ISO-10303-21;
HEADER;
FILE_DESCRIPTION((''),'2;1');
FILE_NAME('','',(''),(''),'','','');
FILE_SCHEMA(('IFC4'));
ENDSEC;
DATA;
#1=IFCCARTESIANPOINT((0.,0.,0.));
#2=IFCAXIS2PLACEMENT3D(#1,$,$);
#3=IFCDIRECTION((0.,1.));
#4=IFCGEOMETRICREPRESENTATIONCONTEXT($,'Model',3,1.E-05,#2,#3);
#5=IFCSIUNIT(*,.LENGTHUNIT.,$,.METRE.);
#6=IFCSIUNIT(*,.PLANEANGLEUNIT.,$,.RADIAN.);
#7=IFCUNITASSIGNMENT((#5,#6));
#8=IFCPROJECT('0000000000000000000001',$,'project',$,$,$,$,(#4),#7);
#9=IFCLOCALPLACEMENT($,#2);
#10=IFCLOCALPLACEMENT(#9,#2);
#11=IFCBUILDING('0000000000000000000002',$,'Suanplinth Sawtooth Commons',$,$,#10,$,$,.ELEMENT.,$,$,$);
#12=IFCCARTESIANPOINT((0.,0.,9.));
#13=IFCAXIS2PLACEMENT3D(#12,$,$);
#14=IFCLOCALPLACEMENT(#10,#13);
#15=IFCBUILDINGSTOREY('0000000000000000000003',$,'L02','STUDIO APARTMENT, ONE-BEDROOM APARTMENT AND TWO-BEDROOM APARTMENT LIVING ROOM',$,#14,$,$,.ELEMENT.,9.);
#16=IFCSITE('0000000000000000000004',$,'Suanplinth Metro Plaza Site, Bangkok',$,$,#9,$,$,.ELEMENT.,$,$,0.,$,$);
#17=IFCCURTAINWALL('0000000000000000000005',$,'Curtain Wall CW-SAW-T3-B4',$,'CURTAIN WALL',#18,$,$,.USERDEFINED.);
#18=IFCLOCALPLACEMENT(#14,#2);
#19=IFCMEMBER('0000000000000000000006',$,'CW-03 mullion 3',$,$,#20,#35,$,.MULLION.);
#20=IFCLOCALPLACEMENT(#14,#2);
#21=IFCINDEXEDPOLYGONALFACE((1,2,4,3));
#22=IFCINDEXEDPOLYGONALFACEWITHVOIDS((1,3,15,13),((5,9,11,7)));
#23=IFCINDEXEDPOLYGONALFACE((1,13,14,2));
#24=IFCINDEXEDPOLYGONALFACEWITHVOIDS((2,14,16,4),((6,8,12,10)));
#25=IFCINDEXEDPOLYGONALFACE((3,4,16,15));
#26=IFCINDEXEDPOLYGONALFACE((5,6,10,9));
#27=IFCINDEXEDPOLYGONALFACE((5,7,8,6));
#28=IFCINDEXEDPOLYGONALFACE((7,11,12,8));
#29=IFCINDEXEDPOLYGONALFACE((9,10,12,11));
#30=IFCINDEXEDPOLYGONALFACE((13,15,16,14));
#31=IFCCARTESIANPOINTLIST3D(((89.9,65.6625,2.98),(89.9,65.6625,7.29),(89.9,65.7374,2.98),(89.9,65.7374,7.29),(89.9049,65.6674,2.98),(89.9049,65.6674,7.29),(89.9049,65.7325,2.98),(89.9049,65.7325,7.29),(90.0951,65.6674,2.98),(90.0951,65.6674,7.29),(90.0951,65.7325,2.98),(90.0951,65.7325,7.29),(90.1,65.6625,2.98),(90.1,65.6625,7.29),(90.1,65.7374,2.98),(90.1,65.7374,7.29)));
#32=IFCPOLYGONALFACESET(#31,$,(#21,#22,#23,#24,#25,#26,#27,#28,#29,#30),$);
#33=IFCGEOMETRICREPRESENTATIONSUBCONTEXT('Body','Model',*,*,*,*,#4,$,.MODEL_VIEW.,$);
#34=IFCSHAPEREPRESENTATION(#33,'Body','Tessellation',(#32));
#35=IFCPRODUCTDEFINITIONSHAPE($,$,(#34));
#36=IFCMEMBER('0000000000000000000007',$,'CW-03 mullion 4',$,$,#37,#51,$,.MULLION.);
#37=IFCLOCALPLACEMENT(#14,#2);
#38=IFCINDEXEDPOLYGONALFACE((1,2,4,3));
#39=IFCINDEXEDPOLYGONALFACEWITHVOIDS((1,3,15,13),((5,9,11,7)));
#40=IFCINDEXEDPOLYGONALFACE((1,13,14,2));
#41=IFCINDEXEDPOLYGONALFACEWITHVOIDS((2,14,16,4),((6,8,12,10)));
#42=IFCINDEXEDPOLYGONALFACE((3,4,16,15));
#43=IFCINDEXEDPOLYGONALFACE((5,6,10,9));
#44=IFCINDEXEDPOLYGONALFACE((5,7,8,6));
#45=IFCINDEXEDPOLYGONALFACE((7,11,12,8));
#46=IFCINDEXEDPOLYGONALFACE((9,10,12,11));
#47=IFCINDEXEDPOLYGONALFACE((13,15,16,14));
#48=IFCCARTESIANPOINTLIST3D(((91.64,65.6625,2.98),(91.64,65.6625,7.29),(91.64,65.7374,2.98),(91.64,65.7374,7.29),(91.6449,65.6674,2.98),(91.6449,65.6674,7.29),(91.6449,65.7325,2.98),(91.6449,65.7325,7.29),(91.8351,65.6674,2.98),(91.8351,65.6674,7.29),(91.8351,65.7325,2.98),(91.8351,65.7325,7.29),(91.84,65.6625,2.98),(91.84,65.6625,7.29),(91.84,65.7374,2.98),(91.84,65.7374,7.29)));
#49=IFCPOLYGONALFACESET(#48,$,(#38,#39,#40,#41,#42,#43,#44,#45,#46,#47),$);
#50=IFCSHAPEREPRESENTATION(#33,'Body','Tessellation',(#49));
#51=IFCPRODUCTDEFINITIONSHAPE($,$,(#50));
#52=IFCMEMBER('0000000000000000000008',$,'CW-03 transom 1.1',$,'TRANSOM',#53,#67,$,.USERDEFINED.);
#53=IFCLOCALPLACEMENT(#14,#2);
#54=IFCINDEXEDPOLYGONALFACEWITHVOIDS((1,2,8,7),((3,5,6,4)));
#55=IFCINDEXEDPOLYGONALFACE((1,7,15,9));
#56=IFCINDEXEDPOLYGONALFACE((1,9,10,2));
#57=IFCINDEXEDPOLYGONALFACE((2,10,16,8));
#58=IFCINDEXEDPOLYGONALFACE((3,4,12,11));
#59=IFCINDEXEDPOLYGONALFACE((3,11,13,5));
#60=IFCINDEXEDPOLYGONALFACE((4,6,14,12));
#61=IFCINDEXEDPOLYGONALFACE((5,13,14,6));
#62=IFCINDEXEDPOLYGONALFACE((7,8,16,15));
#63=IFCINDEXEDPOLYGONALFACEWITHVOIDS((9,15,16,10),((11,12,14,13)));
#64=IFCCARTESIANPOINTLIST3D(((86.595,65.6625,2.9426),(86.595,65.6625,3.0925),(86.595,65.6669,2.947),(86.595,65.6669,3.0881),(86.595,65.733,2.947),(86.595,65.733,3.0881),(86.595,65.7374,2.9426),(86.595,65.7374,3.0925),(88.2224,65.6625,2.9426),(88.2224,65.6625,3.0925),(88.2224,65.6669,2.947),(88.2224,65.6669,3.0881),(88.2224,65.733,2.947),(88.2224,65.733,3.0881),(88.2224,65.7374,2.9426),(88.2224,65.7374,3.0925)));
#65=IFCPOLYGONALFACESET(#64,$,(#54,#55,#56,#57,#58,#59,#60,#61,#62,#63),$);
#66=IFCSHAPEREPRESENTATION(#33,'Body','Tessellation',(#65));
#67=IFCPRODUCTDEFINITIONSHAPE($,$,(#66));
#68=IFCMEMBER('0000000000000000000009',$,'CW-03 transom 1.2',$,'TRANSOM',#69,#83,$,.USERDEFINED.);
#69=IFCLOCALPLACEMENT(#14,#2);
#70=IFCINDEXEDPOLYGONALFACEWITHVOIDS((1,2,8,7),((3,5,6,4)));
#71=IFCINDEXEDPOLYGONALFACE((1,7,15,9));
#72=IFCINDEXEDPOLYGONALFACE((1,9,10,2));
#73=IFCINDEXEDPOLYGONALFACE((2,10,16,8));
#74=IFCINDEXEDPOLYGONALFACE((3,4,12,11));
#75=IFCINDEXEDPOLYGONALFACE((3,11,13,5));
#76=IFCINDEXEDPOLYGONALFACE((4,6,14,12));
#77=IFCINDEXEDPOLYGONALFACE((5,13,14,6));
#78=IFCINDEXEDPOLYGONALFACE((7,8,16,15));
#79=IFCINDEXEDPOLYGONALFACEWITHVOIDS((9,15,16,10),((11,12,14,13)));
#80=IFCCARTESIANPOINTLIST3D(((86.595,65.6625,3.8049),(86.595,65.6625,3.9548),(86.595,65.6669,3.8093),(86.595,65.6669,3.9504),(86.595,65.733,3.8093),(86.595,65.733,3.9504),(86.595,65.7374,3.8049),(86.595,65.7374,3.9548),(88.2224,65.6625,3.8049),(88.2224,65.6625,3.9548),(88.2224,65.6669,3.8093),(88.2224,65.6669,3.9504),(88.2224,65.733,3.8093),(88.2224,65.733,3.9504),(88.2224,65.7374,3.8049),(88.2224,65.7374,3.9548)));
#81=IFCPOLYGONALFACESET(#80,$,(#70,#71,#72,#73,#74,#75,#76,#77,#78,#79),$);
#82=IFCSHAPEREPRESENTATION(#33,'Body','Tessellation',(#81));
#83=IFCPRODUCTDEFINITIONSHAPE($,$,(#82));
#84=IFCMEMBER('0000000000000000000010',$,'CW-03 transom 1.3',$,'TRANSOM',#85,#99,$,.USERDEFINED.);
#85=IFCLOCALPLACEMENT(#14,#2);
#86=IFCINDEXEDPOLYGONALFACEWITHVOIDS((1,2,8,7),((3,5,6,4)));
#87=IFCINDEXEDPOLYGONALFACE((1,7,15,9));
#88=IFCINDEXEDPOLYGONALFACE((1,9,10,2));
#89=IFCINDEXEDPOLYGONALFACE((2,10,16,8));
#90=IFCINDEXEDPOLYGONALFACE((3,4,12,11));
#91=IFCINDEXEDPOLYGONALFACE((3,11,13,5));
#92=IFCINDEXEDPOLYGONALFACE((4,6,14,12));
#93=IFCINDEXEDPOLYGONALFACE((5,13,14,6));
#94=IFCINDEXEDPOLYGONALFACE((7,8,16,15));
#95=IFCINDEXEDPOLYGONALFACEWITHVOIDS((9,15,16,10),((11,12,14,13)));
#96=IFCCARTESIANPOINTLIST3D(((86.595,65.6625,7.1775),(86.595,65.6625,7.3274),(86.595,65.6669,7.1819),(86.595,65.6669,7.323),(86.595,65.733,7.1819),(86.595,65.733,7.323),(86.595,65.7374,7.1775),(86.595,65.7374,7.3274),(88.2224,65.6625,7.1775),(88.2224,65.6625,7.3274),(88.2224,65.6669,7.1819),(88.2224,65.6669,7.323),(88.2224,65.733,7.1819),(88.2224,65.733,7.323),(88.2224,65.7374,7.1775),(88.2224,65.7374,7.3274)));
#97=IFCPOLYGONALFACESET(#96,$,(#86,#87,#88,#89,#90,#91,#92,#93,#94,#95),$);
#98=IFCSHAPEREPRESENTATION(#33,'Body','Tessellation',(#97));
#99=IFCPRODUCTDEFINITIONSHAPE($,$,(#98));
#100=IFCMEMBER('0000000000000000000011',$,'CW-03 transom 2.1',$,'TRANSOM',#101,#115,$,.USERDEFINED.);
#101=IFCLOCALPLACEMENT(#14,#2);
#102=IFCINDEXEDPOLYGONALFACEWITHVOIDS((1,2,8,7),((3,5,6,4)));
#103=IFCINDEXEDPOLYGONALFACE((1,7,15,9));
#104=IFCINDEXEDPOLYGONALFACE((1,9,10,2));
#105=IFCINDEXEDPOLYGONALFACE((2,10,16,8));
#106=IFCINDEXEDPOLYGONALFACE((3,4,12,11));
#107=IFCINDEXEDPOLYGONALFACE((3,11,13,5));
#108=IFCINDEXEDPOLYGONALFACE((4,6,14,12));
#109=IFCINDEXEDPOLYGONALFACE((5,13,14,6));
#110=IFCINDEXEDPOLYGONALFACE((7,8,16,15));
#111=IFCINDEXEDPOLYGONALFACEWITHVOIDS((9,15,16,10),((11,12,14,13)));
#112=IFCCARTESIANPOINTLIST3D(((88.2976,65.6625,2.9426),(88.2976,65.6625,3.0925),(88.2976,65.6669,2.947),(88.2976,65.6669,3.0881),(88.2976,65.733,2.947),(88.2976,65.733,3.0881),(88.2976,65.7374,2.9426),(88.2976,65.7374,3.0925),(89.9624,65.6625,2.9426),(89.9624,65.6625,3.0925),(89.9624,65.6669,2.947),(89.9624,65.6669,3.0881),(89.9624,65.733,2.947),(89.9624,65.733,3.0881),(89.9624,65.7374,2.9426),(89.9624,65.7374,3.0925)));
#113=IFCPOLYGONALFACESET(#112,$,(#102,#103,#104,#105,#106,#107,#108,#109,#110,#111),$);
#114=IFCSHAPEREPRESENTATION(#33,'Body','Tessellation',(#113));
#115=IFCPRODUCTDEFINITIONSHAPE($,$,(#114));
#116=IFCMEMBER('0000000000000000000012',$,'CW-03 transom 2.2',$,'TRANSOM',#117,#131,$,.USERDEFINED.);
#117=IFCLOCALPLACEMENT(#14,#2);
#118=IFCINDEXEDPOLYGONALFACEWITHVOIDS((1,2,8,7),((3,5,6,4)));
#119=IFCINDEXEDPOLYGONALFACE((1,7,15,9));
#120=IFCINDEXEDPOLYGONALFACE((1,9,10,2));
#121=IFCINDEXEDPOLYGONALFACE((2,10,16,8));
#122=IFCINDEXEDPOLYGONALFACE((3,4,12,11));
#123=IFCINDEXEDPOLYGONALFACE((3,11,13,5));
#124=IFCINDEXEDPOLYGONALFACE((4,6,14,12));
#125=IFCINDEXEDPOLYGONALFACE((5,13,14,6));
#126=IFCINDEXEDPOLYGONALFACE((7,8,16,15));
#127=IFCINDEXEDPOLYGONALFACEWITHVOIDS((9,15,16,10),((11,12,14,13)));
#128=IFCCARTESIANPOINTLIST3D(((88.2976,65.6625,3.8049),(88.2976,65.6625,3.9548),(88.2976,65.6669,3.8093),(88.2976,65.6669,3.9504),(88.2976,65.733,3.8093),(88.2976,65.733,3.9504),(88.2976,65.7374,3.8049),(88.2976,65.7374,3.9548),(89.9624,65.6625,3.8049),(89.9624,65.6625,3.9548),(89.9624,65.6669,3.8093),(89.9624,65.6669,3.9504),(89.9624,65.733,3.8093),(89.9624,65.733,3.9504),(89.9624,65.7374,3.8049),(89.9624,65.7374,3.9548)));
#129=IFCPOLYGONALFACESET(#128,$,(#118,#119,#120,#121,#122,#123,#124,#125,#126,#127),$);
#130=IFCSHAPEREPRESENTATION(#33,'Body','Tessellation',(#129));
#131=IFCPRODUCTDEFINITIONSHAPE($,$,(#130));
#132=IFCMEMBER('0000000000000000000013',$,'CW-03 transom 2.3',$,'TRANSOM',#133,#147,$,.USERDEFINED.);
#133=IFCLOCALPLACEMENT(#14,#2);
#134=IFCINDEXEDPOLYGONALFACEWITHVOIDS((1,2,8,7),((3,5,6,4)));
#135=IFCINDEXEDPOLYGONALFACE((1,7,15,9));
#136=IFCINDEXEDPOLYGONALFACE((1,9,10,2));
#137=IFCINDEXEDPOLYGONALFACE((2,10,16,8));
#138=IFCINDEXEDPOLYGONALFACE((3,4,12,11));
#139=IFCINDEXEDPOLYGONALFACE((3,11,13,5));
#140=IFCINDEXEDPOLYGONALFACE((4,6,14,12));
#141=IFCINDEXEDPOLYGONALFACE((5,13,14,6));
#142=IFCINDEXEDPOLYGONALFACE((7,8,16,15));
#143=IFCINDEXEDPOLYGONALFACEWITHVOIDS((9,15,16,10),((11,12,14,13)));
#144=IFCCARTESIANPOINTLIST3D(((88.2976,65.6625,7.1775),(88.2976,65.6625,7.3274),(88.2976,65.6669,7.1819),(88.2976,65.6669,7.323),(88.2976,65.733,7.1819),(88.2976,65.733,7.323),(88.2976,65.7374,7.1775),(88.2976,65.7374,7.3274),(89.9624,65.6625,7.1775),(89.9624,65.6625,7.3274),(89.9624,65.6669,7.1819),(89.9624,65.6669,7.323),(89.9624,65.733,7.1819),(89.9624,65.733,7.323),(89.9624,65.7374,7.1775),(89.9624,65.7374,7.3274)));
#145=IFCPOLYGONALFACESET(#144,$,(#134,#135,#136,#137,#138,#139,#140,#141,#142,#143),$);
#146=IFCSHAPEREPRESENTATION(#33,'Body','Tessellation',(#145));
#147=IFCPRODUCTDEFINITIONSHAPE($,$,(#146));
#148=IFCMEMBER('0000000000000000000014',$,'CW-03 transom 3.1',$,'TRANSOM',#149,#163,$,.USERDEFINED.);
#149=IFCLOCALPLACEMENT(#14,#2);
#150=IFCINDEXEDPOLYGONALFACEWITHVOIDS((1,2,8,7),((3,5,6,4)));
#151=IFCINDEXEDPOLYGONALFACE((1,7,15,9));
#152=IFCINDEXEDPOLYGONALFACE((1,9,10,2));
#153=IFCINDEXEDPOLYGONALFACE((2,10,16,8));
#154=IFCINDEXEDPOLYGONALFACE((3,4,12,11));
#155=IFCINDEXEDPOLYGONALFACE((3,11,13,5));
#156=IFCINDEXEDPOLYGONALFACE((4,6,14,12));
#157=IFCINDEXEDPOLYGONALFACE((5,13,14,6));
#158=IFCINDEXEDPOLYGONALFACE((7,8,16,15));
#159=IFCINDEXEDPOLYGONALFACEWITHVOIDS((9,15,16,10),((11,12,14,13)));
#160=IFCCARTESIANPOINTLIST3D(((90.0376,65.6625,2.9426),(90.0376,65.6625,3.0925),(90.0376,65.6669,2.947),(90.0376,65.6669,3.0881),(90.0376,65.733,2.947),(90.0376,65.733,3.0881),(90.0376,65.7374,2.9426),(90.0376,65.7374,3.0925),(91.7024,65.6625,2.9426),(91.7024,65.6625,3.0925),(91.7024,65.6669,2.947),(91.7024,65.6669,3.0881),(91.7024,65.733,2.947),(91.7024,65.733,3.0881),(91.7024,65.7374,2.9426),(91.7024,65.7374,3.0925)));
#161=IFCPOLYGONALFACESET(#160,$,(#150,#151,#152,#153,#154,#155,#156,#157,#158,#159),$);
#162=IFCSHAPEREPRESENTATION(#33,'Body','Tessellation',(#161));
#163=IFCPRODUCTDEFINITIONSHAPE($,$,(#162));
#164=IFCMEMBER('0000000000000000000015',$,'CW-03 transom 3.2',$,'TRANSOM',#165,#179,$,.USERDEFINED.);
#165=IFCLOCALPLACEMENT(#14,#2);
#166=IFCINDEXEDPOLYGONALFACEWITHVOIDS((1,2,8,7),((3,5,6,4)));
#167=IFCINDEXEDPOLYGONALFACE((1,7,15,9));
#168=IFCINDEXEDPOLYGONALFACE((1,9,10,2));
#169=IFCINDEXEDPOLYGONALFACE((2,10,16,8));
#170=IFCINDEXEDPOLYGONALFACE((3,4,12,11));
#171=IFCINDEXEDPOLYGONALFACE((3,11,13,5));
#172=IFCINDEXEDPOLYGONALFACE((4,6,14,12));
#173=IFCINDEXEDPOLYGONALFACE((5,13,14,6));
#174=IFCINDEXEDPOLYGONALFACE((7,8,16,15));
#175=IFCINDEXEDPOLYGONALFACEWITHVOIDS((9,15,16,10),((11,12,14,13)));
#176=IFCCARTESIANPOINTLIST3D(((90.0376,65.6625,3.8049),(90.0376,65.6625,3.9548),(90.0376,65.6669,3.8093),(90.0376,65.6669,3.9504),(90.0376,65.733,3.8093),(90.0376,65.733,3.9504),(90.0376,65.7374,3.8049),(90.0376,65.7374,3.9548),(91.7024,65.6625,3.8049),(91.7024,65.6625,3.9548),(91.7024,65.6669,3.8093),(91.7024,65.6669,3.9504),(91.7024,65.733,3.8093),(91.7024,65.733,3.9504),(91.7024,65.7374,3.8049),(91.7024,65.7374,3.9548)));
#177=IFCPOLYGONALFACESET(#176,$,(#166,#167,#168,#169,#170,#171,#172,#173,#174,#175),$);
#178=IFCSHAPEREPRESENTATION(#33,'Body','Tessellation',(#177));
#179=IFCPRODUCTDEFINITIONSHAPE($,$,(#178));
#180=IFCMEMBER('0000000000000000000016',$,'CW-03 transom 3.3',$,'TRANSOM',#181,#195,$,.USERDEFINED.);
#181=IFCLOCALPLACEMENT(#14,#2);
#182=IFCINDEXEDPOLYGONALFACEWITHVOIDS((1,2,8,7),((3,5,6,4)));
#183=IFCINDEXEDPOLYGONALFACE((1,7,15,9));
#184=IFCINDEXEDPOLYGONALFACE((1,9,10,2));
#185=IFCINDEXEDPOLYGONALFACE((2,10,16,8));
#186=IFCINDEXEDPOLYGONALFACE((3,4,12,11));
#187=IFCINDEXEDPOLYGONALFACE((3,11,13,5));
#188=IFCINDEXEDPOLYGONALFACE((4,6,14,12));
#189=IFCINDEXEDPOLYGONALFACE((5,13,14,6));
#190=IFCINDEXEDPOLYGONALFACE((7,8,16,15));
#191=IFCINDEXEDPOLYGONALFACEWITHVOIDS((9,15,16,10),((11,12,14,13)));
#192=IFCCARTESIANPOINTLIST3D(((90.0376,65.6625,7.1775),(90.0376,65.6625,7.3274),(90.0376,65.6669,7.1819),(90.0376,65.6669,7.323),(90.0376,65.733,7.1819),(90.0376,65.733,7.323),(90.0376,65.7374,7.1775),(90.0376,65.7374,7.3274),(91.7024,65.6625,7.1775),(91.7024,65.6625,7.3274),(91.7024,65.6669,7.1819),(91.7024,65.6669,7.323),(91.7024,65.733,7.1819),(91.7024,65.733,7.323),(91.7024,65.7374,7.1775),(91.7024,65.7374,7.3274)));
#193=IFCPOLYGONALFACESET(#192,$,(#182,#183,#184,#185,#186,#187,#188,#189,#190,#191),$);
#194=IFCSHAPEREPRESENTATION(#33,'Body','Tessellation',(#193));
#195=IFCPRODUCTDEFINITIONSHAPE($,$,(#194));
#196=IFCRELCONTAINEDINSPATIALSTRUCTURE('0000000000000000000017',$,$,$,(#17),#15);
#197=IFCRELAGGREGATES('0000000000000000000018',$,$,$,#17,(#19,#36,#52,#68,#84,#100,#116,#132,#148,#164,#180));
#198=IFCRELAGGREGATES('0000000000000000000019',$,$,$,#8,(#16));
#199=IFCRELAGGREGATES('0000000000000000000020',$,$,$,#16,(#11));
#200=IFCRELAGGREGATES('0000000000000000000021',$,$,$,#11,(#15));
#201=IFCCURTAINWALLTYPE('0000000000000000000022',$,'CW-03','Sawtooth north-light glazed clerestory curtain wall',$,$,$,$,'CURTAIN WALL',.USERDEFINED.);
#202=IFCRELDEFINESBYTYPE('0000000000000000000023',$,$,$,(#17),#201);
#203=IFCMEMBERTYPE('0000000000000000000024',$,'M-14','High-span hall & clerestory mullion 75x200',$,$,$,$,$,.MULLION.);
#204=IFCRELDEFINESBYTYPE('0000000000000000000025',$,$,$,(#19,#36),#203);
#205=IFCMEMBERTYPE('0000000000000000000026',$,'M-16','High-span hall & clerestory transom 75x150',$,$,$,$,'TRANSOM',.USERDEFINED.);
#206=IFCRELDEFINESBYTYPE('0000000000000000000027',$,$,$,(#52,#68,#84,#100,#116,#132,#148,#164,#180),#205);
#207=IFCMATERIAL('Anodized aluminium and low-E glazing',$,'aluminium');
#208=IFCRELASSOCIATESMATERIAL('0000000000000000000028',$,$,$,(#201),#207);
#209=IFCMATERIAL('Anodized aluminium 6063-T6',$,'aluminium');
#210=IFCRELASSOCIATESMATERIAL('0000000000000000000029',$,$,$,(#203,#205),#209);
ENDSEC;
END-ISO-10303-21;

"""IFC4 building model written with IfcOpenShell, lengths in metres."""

from ifc_helpers import new_model, si_unit, direction, frame, origin, origin_2d, place, context, subcontext, project, spatial, hollow_rectangle, extrude, material, material_profile, profile_set, type_object, element, aggregate, save


model = new_model("IFC4")

# Units and contexts
model_context = context("Model", 3, precision=1e-05, world=origin(), true_north=direction((0.0, 1.0)))
body_context = subcontext(model_context, "Body", "Model", "MODEL_VIEW")
ifc_project = project(units=[si_unit("LENGTHUNIT", "METRE"), si_unit("PLANEANGLEUNIT", "RADIAN")], contexts=[model_context])

# Site, building, storey
site_placement = place(None, origin())
site = spatial("IfcSite", under=ifc_project, at=site_placement, Name="Suanplinth Metro Plaza Site, Bangkok", CompositionType="ELEMENT", RefElevation=0.0)
building_placement = place(site_placement, origin())
building = spatial("IfcBuilding", under=site, at=building_placement, Name="Suanplinth Sawtooth Commons", CompositionType="ELEMENT")
storey_placement = place(building_placement, frame((0.0, 0.0, 9.0)))
storey = spatial("IfcBuildingStorey", under=building, at=storey_placement, Name="L02", Description="STUDIO APARTMENT, ONE-BEDROOM APARTMENT AND TWO-BEDROOM APARTMENT LIVING ROOM", CompositionType="ELEMENT", Elevation=9.0)

# Curtain wall, members
ifc_material_1 = material(Name="Anodized aluminium and low-E glazing", Category="aluminium")
curtain_wall_type = type_object("IfcCurtainWallType", Name="CW-03", Description="Sawtooth north-light glazed clerestory curtain wall", ElementType="CURTAIN WALL", PredefinedType="USERDEFINED", material=ifc_material_1)
curtain_wall_1_placement = place(storey_placement, origin())
curtain_wall_1 = element("IfcCurtainWall", 1, at=curtain_wall_1_placement, inside=storey, type_object=curtain_wall_type, Name="Curtain Wall CW-SAW-T3-B4", ObjectType="CURTAIN WALL", PredefinedType="USERDEFINED")
ifc_material_2 = material(Name="Anodized aluminium 6063-T6", Category="aluminium")
ifc_material_profile_1 = material_profile(ifc_material_2, hollow_rectangle(XDim=0.075, YDim=0.2, WallThickness=0.0049, at=origin_2d()), Name="ALU-MUL 75x200")
ifc_profile_set_1 = profile_set([ifc_material_profile_1], Name="Anodized aluminium 6063-T6")
member_type_1 = type_object("IfcMemberType", Name="M-14", Description="High-span hall & clerestory mullion 75x200", PredefinedType="MULLION", material=ifc_profile_set_1)
member_1_placement = place(storey_placement, frame((90.0, 65.7, 2.98), z_axis=(0.0, 0.0, 1.0), x_axis=(0.0, 1.0, 0.0)))
member_1 = element("IfcMember", 2, at=member_1_placement, type_object=member_type_1, Name="CW-03 mullion 3", PredefinedType="MULLION", context=body_context, shape_type="SweptSolid", body=[
    extrude(hollow_rectangle(XDim=0.075, YDim=0.2, WallThickness=0.0049, at=origin_2d()), origin(), (0.0, 0.0, 1.0), 4.3101),
])
member_2_placement = place(storey_placement, frame((91.74, 65.7, 2.98), z_axis=(0.0, 0.0, 1.0), x_axis=(0.0, 1.0, 0.0)))
member_2 = element("IfcMember", 3, at=member_2_placement, type_object=member_type_1, Name="CW-03 mullion 4", PredefinedType="MULLION", context=body_context, shape_type="SweptSolid", body=[
    extrude(hollow_rectangle(XDim=0.075, YDim=0.2, WallThickness=0.0049, at=origin_2d()), origin(), (0.0, 0.0, 1.0), 4.3101),
])
ifc_material_profile_2 = material_profile(ifc_material_2, hollow_rectangle(XDim=0.075, YDim=0.1499, WallThickness=0.0044, at=origin_2d()), Name="ALU-TRN 75x150")
ifc_profile_set_2 = profile_set([ifc_material_profile_2], Name="Anodized aluminium 6063-T6")
member_type_2 = type_object("IfcMemberType", Name="M-16", Description="High-span hall & clerestory transom 75x150", ElementType="TRANSOM", PredefinedType="USERDEFINED", material=ifc_profile_set_2)
member_3_placement = place(storey_placement, frame((86.595, 65.7, 3.0176), z_axis=(1.0, 0.0, 0.0), x_axis=(0.0, 1.0, 0.0)))
member_3 = element("IfcMember", 4, at=member_3_placement, type_object=member_type_2, Name="CW-03 transom 1.1", ObjectType="TRANSOM", PredefinedType="USERDEFINED", context=body_context, shape_type="SweptSolid", body=[
    extrude(hollow_rectangle(XDim=0.075, YDim=0.1499, WallThickness=0.0044, at=origin_2d()), origin(), (0.0, 0.0, 1.0), 1.6274),
])
member_4_placement = place(storey_placement, frame((86.595, 65.7, 3.8799), z_axis=(1.0, 0.0, 0.0), x_axis=(0.0, 1.0, 0.0)))
member_4 = element("IfcMember", 5, at=member_4_placement, type_object=member_type_2, Name="CW-03 transom 1.2", ObjectType="TRANSOM", PredefinedType="USERDEFINED", context=body_context, shape_type="SweptSolid", body=[
    extrude(hollow_rectangle(XDim=0.075, YDim=0.1499, WallThickness=0.0044, at=origin_2d()), origin(), (0.0, 0.0, 1.0), 1.6274),
])
member_5_placement = place(storey_placement, frame((86.595, 65.7, 7.2524), z_axis=(1.0, 0.0, 0.0), x_axis=(0.0, 1.0, 0.0)))
member_5 = element("IfcMember", 6, at=member_5_placement, type_object=member_type_2, Name="CW-03 transom 1.3", ObjectType="TRANSOM", PredefinedType="USERDEFINED", context=body_context, shape_type="SweptSolid", body=[
    extrude(hollow_rectangle(XDim=0.075, YDim=0.1499, WallThickness=0.0044, at=origin_2d()), origin(), (0.0, 0.0, 1.0), 1.6274),
])
member_6_placement = place(storey_placement, frame((88.2976, 65.7, 3.0176), z_axis=(1.0, 0.0, 0.0), x_axis=(0.0, 1.0, 0.0)))
member_6 = element("IfcMember", 7, at=member_6_placement, type_object=member_type_2, Name="CW-03 transom 2.1", ObjectType="TRANSOM", PredefinedType="USERDEFINED", context=body_context, shape_type="SweptSolid", body=[
    extrude(hollow_rectangle(XDim=0.075, YDim=0.1499, WallThickness=0.0044, at=origin_2d()), origin(), (0.0, 0.0, 1.0), 1.6648),
])
member_7_placement = place(storey_placement, frame((88.2976, 65.7, 3.8799), z_axis=(1.0, 0.0, 0.0), x_axis=(0.0, 1.0, 0.0)))
member_7 = element("IfcMember", 8, at=member_7_placement, type_object=member_type_2, Name="CW-03 transom 2.2", ObjectType="TRANSOM", PredefinedType="USERDEFINED", context=body_context, shape_type="SweptSolid", body=[
    extrude(hollow_rectangle(XDim=0.075, YDim=0.1499, WallThickness=0.0044, at=origin_2d()), origin(), (0.0, 0.0, 1.0), 1.6648),
])
member_8_placement = place(storey_placement, frame((88.2976, 65.7, 7.2524), z_axis=(1.0, 0.0, 0.0), x_axis=(0.0, 1.0, 0.0)))
member_8 = element("IfcMember", 9, at=member_8_placement, type_object=member_type_2, Name="CW-03 transom 2.3", ObjectType="TRANSOM", PredefinedType="USERDEFINED", context=body_context, shape_type="SweptSolid", body=[
    extrude(hollow_rectangle(XDim=0.075, YDim=0.1499, WallThickness=0.0044, at=origin_2d()), origin(), (0.0, 0.0, 1.0), 1.6648),
])
member_9_placement = place(storey_placement, frame((90.0376, 65.7, 3.0176), z_axis=(1.0, 0.0, 0.0), x_axis=(0.0, 1.0, 0.0)))
member_9 = element("IfcMember", 10, at=member_9_placement, type_object=member_type_2, Name="CW-03 transom 3.1", ObjectType="TRANSOM", PredefinedType="USERDEFINED", context=body_context, shape_type="SweptSolid", body=[
    extrude(hollow_rectangle(XDim=0.075, YDim=0.1499, WallThickness=0.0044, at=origin_2d()), origin(), (0.0, 0.0, 1.0), 1.6648),
])
member_10_placement = place(storey_placement, frame((90.0376, 65.7, 3.8799), z_axis=(1.0, 0.0, 0.0), x_axis=(0.0, 1.0, 0.0)))
member_10 = element("IfcMember", 11, at=member_10_placement, type_object=member_type_2, Name="CW-03 transom 3.2", ObjectType="TRANSOM", PredefinedType="USERDEFINED", context=body_context, shape_type="SweptSolid", body=[
    extrude(hollow_rectangle(XDim=0.075, YDim=0.1499, WallThickness=0.0044, at=origin_2d()), origin(), (0.0, 0.0, 1.0), 1.6648),
])
member_11_placement = place(storey_placement, frame((90.0376, 65.7, 7.2524), z_axis=(1.0, 0.0, 0.0), x_axis=(0.0, 1.0, 0.0)))
member_11 = element("IfcMember", 12, at=member_11_placement, type_object=member_type_2, Name="CW-03 transom 3.3", ObjectType="TRANSOM", PredefinedType="USERDEFINED", context=body_context, shape_type="SweptSolid", body=[
    extrude(hollow_rectangle(XDim=0.075, YDim=0.1499, WallThickness=0.0044, at=origin_2d()), origin(), (0.0, 0.0, 1.0), 1.6648),
])

aggregate(curtain_wall_1, [member_1, member_2, member_3, member_4, member_5, member_6, member_7, member_8, member_9, member_10, member_11])

save(model, "model.ifc")
